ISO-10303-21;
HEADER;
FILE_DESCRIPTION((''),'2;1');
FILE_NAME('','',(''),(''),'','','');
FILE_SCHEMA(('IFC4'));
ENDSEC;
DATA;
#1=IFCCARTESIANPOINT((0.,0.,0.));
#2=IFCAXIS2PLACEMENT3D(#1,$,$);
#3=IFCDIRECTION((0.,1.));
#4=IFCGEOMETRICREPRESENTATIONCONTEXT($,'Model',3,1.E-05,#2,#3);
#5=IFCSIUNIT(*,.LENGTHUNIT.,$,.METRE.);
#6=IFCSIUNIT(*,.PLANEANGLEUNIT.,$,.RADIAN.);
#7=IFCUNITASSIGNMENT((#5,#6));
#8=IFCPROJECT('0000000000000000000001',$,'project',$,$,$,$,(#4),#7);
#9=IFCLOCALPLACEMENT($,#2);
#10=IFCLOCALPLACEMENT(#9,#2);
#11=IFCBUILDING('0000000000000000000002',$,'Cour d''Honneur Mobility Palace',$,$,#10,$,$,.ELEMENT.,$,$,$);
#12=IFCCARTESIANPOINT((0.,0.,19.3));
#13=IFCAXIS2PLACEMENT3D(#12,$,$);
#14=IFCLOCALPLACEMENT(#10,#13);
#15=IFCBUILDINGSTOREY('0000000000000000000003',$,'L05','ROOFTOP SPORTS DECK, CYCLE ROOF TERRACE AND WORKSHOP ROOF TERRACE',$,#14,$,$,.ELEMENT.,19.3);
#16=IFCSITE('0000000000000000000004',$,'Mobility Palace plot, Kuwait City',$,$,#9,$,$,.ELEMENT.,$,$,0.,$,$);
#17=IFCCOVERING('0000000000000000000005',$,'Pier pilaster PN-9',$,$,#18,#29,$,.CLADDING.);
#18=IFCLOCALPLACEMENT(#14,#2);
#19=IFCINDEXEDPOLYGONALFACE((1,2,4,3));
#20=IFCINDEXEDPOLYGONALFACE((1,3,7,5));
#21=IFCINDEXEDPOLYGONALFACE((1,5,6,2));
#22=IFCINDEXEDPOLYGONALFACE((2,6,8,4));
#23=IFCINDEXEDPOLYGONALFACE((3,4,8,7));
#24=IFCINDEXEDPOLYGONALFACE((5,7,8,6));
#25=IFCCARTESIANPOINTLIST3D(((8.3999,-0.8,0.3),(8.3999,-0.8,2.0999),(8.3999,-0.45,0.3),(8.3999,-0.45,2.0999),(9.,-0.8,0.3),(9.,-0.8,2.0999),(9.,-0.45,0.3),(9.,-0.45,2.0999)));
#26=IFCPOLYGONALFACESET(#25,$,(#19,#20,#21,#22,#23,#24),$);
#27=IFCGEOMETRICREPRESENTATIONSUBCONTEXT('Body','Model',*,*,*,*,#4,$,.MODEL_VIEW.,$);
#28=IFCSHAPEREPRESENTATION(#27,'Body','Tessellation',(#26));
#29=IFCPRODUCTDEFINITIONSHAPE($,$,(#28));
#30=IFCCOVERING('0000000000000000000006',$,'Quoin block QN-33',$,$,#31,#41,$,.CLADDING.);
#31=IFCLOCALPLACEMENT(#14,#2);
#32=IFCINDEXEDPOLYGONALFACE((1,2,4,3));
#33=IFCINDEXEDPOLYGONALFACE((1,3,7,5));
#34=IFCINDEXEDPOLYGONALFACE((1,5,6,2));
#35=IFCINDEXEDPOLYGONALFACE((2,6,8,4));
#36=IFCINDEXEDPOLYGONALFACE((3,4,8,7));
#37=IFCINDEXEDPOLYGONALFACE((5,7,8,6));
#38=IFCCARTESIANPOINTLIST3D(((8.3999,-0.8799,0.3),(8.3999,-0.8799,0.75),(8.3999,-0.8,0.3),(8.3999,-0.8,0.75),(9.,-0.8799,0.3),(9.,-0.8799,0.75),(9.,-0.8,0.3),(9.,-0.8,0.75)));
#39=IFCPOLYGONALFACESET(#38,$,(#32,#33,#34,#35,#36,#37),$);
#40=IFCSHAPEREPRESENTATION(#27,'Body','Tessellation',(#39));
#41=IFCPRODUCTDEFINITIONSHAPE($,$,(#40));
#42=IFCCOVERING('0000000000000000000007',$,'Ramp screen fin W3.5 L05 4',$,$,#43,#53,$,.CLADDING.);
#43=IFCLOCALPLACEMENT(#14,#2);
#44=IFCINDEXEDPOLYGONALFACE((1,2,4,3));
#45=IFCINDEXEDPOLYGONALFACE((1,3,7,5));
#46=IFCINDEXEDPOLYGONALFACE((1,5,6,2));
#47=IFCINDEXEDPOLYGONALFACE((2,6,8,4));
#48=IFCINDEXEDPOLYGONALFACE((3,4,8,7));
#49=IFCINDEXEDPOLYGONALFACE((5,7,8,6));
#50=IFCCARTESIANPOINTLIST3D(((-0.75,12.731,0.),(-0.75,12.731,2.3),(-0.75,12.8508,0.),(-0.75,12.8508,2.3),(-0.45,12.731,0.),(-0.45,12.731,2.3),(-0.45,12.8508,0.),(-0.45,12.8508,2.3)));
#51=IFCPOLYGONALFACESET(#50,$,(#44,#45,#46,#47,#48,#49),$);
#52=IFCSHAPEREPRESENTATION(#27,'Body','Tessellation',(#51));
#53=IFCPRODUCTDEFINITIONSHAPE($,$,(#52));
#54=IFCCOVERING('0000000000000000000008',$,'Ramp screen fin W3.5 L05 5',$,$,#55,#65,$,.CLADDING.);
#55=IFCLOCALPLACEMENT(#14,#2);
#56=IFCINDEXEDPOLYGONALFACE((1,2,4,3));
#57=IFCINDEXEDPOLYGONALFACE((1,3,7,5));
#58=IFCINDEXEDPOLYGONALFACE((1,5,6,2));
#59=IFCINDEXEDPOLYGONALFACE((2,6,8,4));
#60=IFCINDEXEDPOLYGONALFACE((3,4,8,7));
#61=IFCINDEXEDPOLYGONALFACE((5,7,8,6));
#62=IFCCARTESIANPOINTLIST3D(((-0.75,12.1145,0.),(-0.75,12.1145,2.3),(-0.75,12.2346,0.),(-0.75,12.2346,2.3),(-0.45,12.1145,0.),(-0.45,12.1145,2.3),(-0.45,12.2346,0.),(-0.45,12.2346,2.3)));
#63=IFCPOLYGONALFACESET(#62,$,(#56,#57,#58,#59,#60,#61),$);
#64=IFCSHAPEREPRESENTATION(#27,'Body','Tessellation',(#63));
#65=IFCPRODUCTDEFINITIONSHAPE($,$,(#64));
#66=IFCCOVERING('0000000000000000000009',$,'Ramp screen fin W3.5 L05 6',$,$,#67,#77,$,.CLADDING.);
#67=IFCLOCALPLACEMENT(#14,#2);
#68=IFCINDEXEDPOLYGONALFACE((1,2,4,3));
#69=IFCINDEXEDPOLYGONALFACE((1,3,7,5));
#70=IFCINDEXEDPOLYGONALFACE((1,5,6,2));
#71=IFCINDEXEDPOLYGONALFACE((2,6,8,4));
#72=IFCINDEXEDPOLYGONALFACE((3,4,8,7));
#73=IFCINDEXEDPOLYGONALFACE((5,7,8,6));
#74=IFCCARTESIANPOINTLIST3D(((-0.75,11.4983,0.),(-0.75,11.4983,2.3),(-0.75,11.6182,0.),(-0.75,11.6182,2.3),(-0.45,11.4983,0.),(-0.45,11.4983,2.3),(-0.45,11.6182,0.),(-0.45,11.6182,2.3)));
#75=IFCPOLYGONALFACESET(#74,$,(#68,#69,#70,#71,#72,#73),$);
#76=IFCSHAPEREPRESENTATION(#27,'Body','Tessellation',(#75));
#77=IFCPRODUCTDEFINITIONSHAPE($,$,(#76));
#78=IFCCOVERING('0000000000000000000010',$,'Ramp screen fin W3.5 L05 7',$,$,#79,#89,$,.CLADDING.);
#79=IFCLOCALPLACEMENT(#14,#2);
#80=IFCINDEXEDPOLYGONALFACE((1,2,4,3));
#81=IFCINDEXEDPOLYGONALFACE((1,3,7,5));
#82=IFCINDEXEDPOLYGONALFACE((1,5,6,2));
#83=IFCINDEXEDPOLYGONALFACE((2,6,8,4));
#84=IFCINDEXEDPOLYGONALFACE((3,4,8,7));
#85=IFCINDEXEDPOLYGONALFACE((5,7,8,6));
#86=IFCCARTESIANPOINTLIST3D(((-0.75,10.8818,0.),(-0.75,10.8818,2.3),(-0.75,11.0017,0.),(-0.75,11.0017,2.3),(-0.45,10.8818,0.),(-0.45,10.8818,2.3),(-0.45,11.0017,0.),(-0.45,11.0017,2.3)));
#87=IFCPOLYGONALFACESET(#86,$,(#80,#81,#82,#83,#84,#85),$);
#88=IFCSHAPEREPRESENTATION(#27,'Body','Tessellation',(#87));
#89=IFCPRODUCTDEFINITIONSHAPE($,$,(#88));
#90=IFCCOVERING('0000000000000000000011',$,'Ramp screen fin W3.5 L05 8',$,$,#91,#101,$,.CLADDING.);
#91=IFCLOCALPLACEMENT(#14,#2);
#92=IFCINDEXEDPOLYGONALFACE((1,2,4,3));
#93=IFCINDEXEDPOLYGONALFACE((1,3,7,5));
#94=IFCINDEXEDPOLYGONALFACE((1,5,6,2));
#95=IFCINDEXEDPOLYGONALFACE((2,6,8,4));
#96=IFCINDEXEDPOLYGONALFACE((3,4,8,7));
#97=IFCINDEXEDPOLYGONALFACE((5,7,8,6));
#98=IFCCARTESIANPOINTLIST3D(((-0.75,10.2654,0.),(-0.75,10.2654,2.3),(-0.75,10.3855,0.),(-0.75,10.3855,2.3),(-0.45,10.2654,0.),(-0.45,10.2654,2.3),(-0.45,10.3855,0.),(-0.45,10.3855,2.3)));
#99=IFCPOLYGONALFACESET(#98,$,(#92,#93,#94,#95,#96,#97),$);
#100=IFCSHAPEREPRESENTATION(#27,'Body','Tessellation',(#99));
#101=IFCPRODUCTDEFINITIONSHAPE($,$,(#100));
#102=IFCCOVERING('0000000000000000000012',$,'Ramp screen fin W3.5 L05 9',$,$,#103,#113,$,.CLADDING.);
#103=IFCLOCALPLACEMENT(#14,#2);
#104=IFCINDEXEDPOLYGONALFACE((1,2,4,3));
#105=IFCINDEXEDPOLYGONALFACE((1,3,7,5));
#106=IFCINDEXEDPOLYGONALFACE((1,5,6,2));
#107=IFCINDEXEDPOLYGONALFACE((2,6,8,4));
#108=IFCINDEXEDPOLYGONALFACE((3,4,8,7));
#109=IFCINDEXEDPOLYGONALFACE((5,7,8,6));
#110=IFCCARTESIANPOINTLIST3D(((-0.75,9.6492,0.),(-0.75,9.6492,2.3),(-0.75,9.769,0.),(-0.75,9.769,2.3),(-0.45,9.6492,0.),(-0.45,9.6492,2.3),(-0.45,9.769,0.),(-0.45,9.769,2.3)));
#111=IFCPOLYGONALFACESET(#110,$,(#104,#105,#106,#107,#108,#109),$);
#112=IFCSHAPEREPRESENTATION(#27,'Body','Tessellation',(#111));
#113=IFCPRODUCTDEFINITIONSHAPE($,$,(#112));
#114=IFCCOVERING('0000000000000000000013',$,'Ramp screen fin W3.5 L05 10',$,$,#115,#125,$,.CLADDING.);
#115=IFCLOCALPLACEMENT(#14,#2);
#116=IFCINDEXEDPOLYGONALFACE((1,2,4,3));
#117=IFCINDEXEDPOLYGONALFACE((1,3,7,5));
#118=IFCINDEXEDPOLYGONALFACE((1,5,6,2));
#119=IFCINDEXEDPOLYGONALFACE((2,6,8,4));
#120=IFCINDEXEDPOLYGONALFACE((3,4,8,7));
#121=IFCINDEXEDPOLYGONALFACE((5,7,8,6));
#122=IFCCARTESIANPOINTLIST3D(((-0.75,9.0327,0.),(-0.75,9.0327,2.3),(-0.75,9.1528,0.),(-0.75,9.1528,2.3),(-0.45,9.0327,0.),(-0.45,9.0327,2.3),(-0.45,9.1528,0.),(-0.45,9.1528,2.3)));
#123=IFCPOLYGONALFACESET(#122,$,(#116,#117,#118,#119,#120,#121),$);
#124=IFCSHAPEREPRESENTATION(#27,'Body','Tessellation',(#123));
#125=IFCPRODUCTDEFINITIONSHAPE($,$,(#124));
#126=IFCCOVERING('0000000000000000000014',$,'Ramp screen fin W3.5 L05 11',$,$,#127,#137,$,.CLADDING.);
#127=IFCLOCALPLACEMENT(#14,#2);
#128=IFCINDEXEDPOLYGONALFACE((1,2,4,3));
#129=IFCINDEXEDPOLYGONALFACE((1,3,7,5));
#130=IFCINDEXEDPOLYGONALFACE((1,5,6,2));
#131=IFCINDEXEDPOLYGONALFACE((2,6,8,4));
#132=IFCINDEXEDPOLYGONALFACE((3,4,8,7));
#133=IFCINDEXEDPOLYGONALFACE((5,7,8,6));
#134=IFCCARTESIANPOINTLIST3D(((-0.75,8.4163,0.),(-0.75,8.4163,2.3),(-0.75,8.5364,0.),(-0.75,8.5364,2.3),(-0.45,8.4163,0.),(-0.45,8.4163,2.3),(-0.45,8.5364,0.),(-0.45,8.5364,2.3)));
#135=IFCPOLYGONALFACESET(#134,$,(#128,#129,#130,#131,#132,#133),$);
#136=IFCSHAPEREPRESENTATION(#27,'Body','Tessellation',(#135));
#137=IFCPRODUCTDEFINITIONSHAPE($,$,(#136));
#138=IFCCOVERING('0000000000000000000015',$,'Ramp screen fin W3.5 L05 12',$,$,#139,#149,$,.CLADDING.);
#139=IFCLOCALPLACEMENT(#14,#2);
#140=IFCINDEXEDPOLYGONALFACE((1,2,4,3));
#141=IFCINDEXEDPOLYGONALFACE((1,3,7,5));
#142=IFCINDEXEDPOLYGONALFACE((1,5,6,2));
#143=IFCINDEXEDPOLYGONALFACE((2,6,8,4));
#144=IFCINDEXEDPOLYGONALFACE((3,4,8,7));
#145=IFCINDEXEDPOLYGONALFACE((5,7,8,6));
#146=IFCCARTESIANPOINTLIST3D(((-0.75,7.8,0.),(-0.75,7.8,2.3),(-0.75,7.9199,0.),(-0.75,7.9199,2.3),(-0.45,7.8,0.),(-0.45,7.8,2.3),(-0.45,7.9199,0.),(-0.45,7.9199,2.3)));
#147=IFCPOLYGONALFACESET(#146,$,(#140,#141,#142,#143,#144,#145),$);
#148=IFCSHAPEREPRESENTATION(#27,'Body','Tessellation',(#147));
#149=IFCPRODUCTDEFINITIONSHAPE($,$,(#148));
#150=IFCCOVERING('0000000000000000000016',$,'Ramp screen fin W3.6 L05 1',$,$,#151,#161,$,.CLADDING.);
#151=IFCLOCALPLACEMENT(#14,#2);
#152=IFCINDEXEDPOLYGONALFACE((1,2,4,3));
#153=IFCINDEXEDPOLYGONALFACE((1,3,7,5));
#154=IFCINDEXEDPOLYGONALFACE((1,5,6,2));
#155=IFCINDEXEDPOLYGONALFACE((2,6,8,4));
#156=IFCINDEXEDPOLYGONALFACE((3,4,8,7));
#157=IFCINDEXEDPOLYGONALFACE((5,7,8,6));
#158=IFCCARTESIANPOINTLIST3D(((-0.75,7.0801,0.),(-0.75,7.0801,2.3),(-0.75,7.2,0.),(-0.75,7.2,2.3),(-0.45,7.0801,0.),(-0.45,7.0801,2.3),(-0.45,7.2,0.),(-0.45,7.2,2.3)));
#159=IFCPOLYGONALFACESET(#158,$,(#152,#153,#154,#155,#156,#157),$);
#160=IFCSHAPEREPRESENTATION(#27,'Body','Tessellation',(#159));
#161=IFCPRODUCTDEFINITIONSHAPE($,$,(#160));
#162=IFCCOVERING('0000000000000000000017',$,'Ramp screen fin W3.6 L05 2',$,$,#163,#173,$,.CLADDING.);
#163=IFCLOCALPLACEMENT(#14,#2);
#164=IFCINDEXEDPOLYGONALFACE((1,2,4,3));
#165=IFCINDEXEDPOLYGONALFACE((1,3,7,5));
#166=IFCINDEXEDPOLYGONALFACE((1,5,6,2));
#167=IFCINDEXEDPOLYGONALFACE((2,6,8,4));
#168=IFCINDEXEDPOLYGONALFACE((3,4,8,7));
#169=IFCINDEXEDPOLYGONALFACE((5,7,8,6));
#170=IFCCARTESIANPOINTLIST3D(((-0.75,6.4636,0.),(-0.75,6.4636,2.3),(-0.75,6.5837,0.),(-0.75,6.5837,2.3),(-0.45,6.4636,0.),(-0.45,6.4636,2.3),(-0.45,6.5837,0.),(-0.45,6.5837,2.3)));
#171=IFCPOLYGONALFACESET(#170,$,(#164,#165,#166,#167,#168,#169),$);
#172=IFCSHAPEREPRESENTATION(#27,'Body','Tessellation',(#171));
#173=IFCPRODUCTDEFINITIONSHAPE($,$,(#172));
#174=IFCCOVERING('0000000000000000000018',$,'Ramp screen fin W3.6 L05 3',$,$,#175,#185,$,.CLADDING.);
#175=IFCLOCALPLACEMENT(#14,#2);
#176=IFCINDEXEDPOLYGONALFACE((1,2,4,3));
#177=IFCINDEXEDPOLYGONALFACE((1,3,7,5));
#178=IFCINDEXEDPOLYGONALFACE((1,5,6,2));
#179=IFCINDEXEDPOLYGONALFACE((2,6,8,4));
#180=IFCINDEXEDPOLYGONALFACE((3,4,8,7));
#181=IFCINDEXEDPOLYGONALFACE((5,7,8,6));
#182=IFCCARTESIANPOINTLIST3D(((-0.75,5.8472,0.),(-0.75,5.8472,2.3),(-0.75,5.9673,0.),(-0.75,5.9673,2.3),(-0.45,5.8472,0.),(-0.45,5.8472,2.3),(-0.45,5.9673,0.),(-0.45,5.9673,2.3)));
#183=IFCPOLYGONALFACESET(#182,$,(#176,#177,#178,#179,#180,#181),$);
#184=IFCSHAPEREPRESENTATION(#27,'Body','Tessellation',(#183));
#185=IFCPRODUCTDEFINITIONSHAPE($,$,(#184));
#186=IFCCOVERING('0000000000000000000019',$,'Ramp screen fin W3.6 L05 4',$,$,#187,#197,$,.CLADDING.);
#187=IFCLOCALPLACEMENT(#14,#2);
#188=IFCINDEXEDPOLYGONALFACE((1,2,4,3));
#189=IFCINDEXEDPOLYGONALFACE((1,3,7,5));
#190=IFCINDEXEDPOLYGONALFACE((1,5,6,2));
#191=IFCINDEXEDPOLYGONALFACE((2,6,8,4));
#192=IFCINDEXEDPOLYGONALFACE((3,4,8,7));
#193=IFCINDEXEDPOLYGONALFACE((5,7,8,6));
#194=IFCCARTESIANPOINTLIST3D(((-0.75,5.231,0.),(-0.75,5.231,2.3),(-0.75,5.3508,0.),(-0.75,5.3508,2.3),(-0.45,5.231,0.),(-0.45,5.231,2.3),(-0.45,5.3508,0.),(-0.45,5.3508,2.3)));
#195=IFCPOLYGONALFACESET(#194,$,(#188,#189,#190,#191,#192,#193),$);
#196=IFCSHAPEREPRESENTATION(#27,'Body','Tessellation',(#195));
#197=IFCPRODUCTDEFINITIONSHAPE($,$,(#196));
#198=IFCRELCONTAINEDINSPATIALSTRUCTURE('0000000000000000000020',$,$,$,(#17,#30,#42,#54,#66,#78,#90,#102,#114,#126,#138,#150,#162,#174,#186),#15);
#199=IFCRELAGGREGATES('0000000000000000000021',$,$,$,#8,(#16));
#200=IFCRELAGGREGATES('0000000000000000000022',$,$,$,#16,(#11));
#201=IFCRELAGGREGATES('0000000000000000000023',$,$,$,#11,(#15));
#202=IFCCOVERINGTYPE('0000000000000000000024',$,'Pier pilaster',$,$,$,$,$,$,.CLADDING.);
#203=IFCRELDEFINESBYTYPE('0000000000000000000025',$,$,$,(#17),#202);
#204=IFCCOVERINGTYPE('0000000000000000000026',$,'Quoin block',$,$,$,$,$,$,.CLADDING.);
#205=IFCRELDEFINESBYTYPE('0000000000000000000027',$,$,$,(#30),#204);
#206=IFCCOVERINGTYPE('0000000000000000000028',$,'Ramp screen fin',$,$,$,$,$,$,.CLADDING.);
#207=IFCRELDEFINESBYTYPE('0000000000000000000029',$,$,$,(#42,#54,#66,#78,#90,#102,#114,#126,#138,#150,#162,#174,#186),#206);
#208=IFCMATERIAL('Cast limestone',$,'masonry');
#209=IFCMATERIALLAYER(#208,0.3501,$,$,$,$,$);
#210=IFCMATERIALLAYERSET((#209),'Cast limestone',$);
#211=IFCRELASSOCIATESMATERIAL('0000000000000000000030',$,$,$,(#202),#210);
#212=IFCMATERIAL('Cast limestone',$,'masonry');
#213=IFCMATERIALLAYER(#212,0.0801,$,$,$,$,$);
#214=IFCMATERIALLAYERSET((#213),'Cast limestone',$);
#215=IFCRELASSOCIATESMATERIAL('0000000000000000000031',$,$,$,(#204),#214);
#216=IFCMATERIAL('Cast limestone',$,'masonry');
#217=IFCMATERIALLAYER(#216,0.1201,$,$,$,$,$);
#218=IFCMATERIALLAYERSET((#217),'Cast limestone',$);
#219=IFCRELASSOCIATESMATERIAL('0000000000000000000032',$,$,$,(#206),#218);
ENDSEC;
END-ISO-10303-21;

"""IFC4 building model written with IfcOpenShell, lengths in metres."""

from ifc_helpers import new_model, si_unit, direction, frame, origin, place, context, subcontext, project, spatial, polyline, outline, extrude, material, layer, layer_set, type_object, element, save


model = new_model("IFC4")

# Units and contexts
model_context = context("Model", 3, precision=1e-05, world=origin(), true_north=direction((0.0, 1.0)))
body_context = subcontext(model_context, "Body", "Model", "MODEL_VIEW")
ifc_project = project(units=[si_unit("LENGTHUNIT", "METRE"), si_unit("PLANEANGLEUNIT", "RADIAN")], contexts=[model_context])

# Site, building, storey
site_placement = place(None, origin())
site = spatial("IfcSite", under=ifc_project, at=site_placement, Name="Mobility Palace plot, Kuwait City", CompositionType="ELEMENT", RefElevation=0.0)
building_placement = place(site_placement, origin())
building = spatial("IfcBuilding", under=site, at=building_placement, Name="Cour d'Honneur Mobility Palace", CompositionType="ELEMENT")
storey_placement = place(building_placement, frame((0.0, 0.0, 19.3)))
storey = spatial("IfcBuildingStorey", under=building, at=storey_placement, Name="L05", Description="ROOFTOP SPORTS DECK, CYCLE ROOF TERRACE AND WORKSHOP ROOF TERRACE", CompositionType="ELEMENT", Elevation=19.3)

# Coverings
ifc_material_1 = material(Name="Cast limestone", Category="masonry")
ifc_layer_1 = layer(ifc_material_1, 0.3501)
ifc_layer_set_1 = layer_set([ifc_layer_1], Name="Cast limestone")
covering_type_1 = type_object("IfcCoveringType", Name="Pier pilaster", PredefinedType="CLADDING", material=ifc_layer_set_1)
covering_1_placement = place(storey_placement, frame((0.0, 0.0, 0.3)))
element("IfcCovering", 1, at=covering_1_placement, inside=storey, type_object=covering_type_1, Name="Pier pilaster PN-9", PredefinedType="CLADDING", context=body_context, shape_type="SweptSolid", body=[
    extrude(outline(polyline([(8.3999, -0.45), (9.0, -0.45), (9.0, -0.8), (8.3999, -0.8), (8.3999, -0.45)])), origin(), (0.0, 0.0, 1.0), 1.7998),
])
ifc_material_2 = material(Name="Cast limestone", Category="masonry")
ifc_layer_2 = layer(ifc_material_2, 0.0801)
ifc_layer_set_2 = layer_set([ifc_layer_2], Name="Cast limestone")
covering_type_2 = type_object("IfcCoveringType", Name="Quoin block", PredefinedType="CLADDING", material=ifc_layer_set_2)
covering_2_placement = place(storey_placement, frame((0.0, 0.0, 0.3)))
element("IfcCovering", 2, at=covering_2_placement, inside=storey, type_object=covering_type_2, Name="Quoin block QN-33", PredefinedType="CLADDING", context=body_context, shape_type="SweptSolid", body=[
    extrude(outline(polyline([(8.3999, -0.8), (9.0, -0.8), (9.0, -0.8799), (8.3999, -0.8799), (8.3999, -0.8)])), origin(), (0.0, 0.0, 1.0), 0.45),
])
ifc_material_3 = material(Name="Cast limestone", Category="masonry")
ifc_layer_3 = layer(ifc_material_3, 0.1201)
ifc_layer_set_3 = layer_set([ifc_layer_3], Name="Cast limestone")
covering_type_3 = type_object("IfcCoveringType", Name="Ramp screen fin", PredefinedType="CLADDING", material=ifc_layer_set_3)
covering_3_placement = place(storey_placement, origin())
element("IfcCovering", 3, at=covering_3_placement, inside=storey, type_object=covering_type_3, Name="Ramp screen fin W3.5 L05 4", PredefinedType="CLADDING", context=body_context, shape_type="SweptSolid", body=[
    extrude(outline(polyline([(-0.45, 12.8508), (-0.45, 12.731), (-0.75, 12.731), (-0.75, 12.8508), (-0.45, 12.8508)])), origin(), (0.0, 0.0, 1.0), 2.3),
])
covering_4_placement = place(storey_placement, origin())
element("IfcCovering", 4, at=covering_4_placement, inside=storey, type_object=covering_type_3, Name="Ramp screen fin W3.5 L05 5", PredefinedType="CLADDING", context=body_context, shape_type="SweptSolid", body=[
    extrude(outline(polyline([(-0.45, 12.2346), (-0.45, 12.1145), (-0.75, 12.1145), (-0.75, 12.2346), (-0.45, 12.2346)])), origin(), (0.0, 0.0, 1.0), 2.3),
])
covering_5_placement = place(storey_placement, origin())
element("IfcCovering", 5, at=covering_5_placement, inside=storey, type_object=covering_type_3, Name="Ramp screen fin W3.5 L05 6", PredefinedType="CLADDING", context=body_context, shape_type="SweptSolid", body=[
    extrude(outline(polyline([(-0.45, 11.6182), (-0.45, 11.4983), (-0.75, 11.4983), (-0.75, 11.6182), (-0.45, 11.6182)])), origin(), (0.0, 0.0, 1.0), 2.3),
])
covering_6_placement = place(storey_placement, origin())
element("IfcCovering", 6, at=covering_6_placement, inside=storey, type_object=covering_type_3, Name="Ramp screen fin W3.5 L05 7", PredefinedType="CLADDING", context=body_context, shape_type="SweptSolid", body=[
    extrude(outline(polyline([(-0.45, 11.0017), (-0.45, 10.8818), (-0.75, 10.8818), (-0.75, 11.0017), (-0.45, 11.0017)])), origin(), (0.0, 0.0, 1.0), 2.3),
])
covering_7_placement = place(storey_placement, origin())
element("IfcCovering", 7, at=covering_7_placement, inside=storey, type_object=covering_type_3, Name="Ramp screen fin W3.5 L05 8", PredefinedType="CLADDING", context=body_context, shape_type="SweptSolid", body=[
    extrude(outline(polyline([(-0.45, 10.3855), (-0.45, 10.2654), (-0.75, 10.2654), (-0.75, 10.3855), (-0.45, 10.3855)])), origin(), (0.0, 0.0, 1.0), 2.3),
])
covering_8_placement = place(storey_placement, origin())
element("IfcCovering", 8, at=covering_8_placement, inside=storey, type_object=covering_type_3, Name="Ramp screen fin W3.5 L05 9", PredefinedType="CLADDING", context=body_context, shape_type="SweptSolid", body=[
    extrude(outline(polyline([(-0.45, 9.769), (-0.45, 9.6492), (-0.75, 9.6492), (-0.75, 9.769), (-0.45, 9.769)])), origin(), (0.0, 0.0, 1.0), 2.3),
])
covering_9_placement = place(storey_placement, origin())
element("IfcCovering", 9, at=covering_9_placement, inside=storey, type_object=covering_type_3, Name="Ramp screen fin W3.5 L05 10", PredefinedType="CLADDING", context=body_context, shape_type="SweptSolid", body=[
    extrude(outline(polyline([(-0.45, 9.1528), (-0.45, 9.0327), (-0.75, 9.0327), (-0.75, 9.1528), (-0.45, 9.1528)])), origin(), (0.0, 0.0, 1.0), 2.3),
])
covering_10_placement = place(storey_placement, origin())
element("IfcCovering", 10, at=covering_10_placement, inside=storey, type_object=covering_type_3, Name="Ramp screen fin W3.5 L05 11", PredefinedType="CLADDING", context=body_context, shape_type="SweptSolid", body=[
    extrude(outline(polyline([(-0.45, 8.5364), (-0.45, 8.4163), (-0.75, 8.4163), (-0.75, 8.5364), (-0.45, 8.5364)])), origin(), (0.0, 0.0, 1.0), 2.3),
])
covering_11_placement = place(storey_placement, origin())
element("IfcCovering", 11, at=covering_11_placement, inside=storey, type_object=covering_type_3, Name="Ramp screen fin W3.5 L05 12", PredefinedType="CLADDING", context=body_context, shape_type="SweptSolid", body=[
    extrude(outline(polyline([(-0.45, 7.9199), (-0.45, 7.8), (-0.75, 7.8), (-0.75, 7.9199), (-0.45, 7.9199)])), origin(), (0.0, 0.0, 1.0), 2.3),
])
covering_12_placement = place(storey_placement, origin())
element("IfcCovering", 12, at=covering_12_placement, inside=storey, type_object=covering_type_3, Name="Ramp screen fin W3.6 L05 1", PredefinedType="CLADDING", context=body_context, shape_type="SweptSolid", body=[
    extrude(outline(polyline([(-0.45, 7.2), (-0.45, 7.0801), (-0.75, 7.0801), (-0.75, 7.2), (-0.45, 7.2)])), origin(), (0.0, 0.0, 1.0), 2.3),
])
covering_13_placement = place(storey_placement, origin())
element("IfcCovering", 13, at=covering_13_placement, inside=storey, type_object=covering_type_3, Name="Ramp screen fin W3.6 L05 2", PredefinedType="CLADDING", context=body_context, shape_type="SweptSolid", body=[
    extrude(outline(polyline([(-0.45, 6.5837), (-0.45, 6.4636), (-0.75, 6.4636), (-0.75, 6.5837), (-0.45, 6.5837)])), origin(), (0.0, 0.0, 1.0), 2.3),
])
covering_14_placement = place(storey_placement, origin())
element("IfcCovering", 14, at=covering_14_placement, inside=storey, type_object=covering_type_3, Name="Ramp screen fin W3.6 L05 3", PredefinedType="CLADDING", context=body_context, shape_type="SweptSolid", body=[
    extrude(outline(polyline([(-0.45, 5.9673), (-0.45, 5.8472), (-0.75, 5.8472), (-0.75, 5.9673), (-0.45, 5.9673)])), origin(), (0.0, 0.0, 1.0), 2.3),
])
covering_15_placement = place(storey_placement, origin())
element("IfcCovering", 15, at=covering_15_placement, inside=storey, type_object=covering_type_3, Name="Ramp screen fin W3.6 L05 4", PredefinedType="CLADDING", context=body_context, shape_type="SweptSolid", body=[
    extrude(outline(polyline([(-0.45, 5.3508), (-0.45, 5.231), (-0.75, 5.231), (-0.75, 5.3508), (-0.45, 5.3508)])), origin(), (0.0, 0.0, 1.0), 2.3),
])

save(model, "model.ifc")
